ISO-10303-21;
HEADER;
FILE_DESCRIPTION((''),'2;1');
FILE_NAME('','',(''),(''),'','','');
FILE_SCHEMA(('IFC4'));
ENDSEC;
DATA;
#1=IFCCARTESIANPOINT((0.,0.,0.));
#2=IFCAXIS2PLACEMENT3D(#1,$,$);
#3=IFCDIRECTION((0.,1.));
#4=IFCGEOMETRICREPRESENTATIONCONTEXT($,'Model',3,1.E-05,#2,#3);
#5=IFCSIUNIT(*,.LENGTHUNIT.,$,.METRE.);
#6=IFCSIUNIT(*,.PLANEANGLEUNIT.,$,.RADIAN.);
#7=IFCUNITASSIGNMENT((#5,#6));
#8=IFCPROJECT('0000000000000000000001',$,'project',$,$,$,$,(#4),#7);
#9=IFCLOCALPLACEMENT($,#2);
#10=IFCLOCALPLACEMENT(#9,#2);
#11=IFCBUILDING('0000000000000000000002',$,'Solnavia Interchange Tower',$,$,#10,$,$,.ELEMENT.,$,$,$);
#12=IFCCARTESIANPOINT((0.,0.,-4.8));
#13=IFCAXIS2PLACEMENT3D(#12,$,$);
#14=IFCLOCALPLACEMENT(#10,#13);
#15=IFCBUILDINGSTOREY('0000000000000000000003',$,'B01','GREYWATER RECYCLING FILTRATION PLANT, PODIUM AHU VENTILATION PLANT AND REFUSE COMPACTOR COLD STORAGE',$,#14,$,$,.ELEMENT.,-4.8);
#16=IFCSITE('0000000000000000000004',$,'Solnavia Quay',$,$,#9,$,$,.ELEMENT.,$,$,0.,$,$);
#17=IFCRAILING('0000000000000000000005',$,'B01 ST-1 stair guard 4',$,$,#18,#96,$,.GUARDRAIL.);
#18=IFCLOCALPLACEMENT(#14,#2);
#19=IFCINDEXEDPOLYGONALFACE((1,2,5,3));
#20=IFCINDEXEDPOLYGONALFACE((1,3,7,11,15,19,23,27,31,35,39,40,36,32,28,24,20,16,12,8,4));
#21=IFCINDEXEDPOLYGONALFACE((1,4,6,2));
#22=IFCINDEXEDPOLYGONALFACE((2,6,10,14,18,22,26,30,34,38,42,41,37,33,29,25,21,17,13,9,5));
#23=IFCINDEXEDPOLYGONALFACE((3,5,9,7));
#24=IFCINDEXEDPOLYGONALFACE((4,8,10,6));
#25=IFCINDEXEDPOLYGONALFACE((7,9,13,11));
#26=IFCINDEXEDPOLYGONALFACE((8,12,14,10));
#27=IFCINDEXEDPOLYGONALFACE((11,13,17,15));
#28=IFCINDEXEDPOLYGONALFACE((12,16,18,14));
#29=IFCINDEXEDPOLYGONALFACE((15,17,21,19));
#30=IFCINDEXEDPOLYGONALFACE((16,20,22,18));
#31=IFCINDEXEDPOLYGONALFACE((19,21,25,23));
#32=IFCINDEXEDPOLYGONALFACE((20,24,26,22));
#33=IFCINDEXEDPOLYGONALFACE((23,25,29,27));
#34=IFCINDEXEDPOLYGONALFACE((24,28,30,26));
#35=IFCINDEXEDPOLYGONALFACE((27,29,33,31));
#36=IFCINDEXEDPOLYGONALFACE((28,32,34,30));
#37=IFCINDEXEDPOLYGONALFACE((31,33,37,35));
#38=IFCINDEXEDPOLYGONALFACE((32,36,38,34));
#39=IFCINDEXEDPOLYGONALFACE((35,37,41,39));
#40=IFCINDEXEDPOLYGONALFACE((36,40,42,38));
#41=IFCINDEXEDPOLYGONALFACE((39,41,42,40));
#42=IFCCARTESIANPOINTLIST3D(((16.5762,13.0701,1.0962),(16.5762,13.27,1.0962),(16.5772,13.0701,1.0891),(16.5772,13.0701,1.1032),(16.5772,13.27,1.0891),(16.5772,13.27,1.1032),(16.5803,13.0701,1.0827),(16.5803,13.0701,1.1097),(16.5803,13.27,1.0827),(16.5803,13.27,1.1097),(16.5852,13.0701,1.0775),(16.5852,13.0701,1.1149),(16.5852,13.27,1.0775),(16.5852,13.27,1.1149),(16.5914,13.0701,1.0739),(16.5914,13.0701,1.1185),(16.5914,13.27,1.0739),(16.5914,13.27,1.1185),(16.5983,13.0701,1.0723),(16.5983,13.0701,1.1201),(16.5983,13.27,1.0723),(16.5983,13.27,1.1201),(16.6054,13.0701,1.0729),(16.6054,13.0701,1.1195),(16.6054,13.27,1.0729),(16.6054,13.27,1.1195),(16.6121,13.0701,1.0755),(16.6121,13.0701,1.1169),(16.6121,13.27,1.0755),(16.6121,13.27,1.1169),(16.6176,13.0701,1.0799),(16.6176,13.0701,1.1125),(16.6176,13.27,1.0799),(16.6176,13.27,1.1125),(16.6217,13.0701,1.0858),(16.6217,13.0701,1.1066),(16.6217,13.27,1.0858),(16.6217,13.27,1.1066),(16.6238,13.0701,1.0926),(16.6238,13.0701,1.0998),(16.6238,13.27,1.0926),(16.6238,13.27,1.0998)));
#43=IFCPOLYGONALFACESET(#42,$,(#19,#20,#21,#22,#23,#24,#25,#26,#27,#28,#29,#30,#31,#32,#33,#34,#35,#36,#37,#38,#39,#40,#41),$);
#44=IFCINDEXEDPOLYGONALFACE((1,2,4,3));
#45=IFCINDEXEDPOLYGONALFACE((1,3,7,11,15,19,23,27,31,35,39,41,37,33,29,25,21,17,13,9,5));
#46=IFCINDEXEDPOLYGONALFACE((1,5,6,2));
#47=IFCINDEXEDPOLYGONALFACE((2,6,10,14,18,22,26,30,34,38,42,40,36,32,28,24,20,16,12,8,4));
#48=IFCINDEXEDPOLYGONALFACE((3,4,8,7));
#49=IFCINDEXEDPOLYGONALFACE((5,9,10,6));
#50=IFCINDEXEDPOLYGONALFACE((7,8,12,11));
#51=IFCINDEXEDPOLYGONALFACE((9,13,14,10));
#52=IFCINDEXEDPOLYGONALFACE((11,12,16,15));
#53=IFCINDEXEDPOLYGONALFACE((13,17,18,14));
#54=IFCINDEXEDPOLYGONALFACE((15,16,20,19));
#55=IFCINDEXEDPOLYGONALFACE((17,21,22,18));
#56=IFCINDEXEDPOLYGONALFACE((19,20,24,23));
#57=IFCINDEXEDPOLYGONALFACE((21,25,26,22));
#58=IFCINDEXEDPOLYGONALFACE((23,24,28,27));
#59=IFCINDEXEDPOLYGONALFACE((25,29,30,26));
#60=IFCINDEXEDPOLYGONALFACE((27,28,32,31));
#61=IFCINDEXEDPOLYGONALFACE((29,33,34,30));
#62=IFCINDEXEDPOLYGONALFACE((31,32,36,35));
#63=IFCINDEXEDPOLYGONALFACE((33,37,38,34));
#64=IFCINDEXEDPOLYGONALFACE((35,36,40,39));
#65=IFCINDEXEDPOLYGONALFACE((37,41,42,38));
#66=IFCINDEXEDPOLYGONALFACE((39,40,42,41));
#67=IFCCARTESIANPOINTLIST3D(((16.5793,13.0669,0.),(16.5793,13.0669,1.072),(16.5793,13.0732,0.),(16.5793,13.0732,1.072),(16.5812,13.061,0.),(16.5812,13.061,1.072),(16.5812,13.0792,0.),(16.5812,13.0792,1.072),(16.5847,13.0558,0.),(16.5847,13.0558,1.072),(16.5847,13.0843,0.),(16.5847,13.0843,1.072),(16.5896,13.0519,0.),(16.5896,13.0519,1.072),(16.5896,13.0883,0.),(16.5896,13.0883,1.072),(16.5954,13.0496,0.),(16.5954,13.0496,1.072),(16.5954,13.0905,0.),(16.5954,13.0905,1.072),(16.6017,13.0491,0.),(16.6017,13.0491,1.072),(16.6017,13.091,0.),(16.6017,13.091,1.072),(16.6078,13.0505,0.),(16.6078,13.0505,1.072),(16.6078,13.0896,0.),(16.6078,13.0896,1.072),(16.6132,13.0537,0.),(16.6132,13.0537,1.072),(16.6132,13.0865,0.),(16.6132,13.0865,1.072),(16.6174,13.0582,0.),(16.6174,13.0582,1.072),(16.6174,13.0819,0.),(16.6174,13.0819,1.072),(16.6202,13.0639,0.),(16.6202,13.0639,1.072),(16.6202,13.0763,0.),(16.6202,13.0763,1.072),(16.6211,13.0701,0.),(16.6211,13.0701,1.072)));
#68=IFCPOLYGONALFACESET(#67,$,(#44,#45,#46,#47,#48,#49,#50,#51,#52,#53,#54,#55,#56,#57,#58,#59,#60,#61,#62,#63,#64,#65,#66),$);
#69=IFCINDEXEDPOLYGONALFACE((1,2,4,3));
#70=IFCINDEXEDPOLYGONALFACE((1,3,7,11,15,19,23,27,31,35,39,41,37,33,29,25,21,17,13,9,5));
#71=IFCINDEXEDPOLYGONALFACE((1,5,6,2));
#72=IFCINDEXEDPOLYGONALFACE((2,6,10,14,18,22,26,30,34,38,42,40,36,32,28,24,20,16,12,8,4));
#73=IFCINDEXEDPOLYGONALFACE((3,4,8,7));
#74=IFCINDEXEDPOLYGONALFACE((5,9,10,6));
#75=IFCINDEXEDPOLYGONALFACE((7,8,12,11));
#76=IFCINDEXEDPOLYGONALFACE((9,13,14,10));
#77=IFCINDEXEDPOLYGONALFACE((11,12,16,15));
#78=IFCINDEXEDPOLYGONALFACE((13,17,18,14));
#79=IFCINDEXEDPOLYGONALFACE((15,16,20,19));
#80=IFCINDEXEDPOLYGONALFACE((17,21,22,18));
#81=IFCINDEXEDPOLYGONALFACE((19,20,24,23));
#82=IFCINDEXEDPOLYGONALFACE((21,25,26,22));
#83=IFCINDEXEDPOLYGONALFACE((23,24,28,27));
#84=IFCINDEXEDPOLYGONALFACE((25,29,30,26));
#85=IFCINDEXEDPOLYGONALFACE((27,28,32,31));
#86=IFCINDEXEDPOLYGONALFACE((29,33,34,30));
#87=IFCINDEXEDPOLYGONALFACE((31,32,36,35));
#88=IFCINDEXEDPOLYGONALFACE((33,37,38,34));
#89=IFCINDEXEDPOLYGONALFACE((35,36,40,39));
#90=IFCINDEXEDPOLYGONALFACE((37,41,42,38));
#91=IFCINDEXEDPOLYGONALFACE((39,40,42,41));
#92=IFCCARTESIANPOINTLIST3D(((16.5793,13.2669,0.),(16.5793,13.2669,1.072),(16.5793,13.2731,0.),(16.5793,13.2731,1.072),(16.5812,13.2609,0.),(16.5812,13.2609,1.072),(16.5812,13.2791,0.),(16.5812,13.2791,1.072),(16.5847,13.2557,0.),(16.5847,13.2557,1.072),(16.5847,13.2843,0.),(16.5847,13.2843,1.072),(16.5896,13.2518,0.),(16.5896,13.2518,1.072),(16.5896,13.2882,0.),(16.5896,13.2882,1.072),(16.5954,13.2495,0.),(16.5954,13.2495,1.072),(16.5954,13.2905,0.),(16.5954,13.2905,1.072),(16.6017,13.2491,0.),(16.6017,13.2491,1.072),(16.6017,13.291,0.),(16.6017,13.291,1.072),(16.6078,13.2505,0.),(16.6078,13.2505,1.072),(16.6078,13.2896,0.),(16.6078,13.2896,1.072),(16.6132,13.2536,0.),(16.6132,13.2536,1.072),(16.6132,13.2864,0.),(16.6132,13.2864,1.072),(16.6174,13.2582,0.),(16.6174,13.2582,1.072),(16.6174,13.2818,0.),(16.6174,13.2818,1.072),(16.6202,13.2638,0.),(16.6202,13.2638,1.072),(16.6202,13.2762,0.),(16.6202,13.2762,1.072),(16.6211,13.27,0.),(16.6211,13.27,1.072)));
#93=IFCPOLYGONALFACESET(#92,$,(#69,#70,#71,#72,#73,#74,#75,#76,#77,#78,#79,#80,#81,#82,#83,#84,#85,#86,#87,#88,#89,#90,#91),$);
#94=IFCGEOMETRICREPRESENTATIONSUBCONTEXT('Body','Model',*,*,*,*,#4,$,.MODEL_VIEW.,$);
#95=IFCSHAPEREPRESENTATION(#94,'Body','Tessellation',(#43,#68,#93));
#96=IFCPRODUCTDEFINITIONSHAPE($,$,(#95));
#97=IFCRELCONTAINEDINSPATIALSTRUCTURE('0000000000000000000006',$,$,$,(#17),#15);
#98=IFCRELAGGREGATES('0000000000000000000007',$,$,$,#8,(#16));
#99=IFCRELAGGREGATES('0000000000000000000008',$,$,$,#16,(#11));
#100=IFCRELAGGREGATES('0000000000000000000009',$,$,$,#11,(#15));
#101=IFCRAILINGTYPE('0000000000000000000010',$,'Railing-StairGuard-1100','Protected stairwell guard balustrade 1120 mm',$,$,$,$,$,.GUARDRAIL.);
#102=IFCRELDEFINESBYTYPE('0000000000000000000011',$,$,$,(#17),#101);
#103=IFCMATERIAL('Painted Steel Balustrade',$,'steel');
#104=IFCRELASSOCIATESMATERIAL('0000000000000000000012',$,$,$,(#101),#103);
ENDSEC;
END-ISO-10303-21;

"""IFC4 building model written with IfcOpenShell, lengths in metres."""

from ifc_helpers import new_model, si_unit, direction, frame, origin, origin_2d, place, context, subcontext, project, spatial, circle, extrude, material, type_object, element, save


model = new_model("IFC4")

# Units and contexts
model_context = context("Model", 3, precision=1e-05, world=origin(), true_north=direction((0.0, 1.0)))
body_context = subcontext(model_context, "Body", "Model", "MODEL_VIEW")
ifc_project = project(units=[si_unit("LENGTHUNIT", "METRE"), si_unit("PLANEANGLEUNIT", "RADIAN")], contexts=[model_context])

# Site, building, storey
site_placement = place(None, origin())
site = spatial("IfcSite", under=ifc_project, at=site_placement, Name="Solnavia Quay", CompositionType="ELEMENT", RefElevation=0.0)
building_placement = place(site_placement, origin())
building = spatial("IfcBuilding", under=site, at=building_placement, Name="Solnavia Interchange Tower", CompositionType="ELEMENT")
storey_placement = place(building_placement, frame((0.0, 0.0, -4.8)))
storey = spatial("IfcBuildingStorey", under=building, at=storey_placement, Name="B01", Description="GREYWATER RECYCLING FILTRATION PLANT, PODIUM AHU VENTILATION PLANT AND REFUSE COMPACTOR COLD STORAGE", CompositionType="ELEMENT", Elevation=-4.8)

# Railing
ifc_material_1 = material(Name="Painted Steel Balustrade", Category="steel")
railing_type_1 = type_object("IfcRailingType", Name="Railing-StairGuard-1100", Description="Protected stairwell guard balustrade 1120 mm", PredefinedType="GUARDRAIL", material=ifc_material_1)
railing_1_placement = place(storey_placement, frame((16.6001, 13.0701, 0.0)))
element("IfcRailing", 1, at=railing_1_placement, inside=storey, type_object=railing_type_1, Name="B01 ST-1 stair guard 4", PredefinedType="GUARDRAIL", context=body_context, shape_type="SweptSolid", body=[
    extrude(circle(Radius=0.0239, at=origin_2d()), frame((0.0, 0.0, 1.0962), z_axis=(0.0, 1.0, 0.0), x_axis=(-1.0, 0.0, 0.0)), (0.0, 0.0, 1.0), 0.2),
    extrude(circle(Radius=0.021, at=origin_2d()), origin(), (0.0, 0.0, 1.0), 1.072),
    extrude(circle(Radius=0.021, at=origin_2d()), frame((0.0, 0.2, 0.0)), (0.0, 0.0, 1.0), 1.072),
])

save(model, "model.ifc")
